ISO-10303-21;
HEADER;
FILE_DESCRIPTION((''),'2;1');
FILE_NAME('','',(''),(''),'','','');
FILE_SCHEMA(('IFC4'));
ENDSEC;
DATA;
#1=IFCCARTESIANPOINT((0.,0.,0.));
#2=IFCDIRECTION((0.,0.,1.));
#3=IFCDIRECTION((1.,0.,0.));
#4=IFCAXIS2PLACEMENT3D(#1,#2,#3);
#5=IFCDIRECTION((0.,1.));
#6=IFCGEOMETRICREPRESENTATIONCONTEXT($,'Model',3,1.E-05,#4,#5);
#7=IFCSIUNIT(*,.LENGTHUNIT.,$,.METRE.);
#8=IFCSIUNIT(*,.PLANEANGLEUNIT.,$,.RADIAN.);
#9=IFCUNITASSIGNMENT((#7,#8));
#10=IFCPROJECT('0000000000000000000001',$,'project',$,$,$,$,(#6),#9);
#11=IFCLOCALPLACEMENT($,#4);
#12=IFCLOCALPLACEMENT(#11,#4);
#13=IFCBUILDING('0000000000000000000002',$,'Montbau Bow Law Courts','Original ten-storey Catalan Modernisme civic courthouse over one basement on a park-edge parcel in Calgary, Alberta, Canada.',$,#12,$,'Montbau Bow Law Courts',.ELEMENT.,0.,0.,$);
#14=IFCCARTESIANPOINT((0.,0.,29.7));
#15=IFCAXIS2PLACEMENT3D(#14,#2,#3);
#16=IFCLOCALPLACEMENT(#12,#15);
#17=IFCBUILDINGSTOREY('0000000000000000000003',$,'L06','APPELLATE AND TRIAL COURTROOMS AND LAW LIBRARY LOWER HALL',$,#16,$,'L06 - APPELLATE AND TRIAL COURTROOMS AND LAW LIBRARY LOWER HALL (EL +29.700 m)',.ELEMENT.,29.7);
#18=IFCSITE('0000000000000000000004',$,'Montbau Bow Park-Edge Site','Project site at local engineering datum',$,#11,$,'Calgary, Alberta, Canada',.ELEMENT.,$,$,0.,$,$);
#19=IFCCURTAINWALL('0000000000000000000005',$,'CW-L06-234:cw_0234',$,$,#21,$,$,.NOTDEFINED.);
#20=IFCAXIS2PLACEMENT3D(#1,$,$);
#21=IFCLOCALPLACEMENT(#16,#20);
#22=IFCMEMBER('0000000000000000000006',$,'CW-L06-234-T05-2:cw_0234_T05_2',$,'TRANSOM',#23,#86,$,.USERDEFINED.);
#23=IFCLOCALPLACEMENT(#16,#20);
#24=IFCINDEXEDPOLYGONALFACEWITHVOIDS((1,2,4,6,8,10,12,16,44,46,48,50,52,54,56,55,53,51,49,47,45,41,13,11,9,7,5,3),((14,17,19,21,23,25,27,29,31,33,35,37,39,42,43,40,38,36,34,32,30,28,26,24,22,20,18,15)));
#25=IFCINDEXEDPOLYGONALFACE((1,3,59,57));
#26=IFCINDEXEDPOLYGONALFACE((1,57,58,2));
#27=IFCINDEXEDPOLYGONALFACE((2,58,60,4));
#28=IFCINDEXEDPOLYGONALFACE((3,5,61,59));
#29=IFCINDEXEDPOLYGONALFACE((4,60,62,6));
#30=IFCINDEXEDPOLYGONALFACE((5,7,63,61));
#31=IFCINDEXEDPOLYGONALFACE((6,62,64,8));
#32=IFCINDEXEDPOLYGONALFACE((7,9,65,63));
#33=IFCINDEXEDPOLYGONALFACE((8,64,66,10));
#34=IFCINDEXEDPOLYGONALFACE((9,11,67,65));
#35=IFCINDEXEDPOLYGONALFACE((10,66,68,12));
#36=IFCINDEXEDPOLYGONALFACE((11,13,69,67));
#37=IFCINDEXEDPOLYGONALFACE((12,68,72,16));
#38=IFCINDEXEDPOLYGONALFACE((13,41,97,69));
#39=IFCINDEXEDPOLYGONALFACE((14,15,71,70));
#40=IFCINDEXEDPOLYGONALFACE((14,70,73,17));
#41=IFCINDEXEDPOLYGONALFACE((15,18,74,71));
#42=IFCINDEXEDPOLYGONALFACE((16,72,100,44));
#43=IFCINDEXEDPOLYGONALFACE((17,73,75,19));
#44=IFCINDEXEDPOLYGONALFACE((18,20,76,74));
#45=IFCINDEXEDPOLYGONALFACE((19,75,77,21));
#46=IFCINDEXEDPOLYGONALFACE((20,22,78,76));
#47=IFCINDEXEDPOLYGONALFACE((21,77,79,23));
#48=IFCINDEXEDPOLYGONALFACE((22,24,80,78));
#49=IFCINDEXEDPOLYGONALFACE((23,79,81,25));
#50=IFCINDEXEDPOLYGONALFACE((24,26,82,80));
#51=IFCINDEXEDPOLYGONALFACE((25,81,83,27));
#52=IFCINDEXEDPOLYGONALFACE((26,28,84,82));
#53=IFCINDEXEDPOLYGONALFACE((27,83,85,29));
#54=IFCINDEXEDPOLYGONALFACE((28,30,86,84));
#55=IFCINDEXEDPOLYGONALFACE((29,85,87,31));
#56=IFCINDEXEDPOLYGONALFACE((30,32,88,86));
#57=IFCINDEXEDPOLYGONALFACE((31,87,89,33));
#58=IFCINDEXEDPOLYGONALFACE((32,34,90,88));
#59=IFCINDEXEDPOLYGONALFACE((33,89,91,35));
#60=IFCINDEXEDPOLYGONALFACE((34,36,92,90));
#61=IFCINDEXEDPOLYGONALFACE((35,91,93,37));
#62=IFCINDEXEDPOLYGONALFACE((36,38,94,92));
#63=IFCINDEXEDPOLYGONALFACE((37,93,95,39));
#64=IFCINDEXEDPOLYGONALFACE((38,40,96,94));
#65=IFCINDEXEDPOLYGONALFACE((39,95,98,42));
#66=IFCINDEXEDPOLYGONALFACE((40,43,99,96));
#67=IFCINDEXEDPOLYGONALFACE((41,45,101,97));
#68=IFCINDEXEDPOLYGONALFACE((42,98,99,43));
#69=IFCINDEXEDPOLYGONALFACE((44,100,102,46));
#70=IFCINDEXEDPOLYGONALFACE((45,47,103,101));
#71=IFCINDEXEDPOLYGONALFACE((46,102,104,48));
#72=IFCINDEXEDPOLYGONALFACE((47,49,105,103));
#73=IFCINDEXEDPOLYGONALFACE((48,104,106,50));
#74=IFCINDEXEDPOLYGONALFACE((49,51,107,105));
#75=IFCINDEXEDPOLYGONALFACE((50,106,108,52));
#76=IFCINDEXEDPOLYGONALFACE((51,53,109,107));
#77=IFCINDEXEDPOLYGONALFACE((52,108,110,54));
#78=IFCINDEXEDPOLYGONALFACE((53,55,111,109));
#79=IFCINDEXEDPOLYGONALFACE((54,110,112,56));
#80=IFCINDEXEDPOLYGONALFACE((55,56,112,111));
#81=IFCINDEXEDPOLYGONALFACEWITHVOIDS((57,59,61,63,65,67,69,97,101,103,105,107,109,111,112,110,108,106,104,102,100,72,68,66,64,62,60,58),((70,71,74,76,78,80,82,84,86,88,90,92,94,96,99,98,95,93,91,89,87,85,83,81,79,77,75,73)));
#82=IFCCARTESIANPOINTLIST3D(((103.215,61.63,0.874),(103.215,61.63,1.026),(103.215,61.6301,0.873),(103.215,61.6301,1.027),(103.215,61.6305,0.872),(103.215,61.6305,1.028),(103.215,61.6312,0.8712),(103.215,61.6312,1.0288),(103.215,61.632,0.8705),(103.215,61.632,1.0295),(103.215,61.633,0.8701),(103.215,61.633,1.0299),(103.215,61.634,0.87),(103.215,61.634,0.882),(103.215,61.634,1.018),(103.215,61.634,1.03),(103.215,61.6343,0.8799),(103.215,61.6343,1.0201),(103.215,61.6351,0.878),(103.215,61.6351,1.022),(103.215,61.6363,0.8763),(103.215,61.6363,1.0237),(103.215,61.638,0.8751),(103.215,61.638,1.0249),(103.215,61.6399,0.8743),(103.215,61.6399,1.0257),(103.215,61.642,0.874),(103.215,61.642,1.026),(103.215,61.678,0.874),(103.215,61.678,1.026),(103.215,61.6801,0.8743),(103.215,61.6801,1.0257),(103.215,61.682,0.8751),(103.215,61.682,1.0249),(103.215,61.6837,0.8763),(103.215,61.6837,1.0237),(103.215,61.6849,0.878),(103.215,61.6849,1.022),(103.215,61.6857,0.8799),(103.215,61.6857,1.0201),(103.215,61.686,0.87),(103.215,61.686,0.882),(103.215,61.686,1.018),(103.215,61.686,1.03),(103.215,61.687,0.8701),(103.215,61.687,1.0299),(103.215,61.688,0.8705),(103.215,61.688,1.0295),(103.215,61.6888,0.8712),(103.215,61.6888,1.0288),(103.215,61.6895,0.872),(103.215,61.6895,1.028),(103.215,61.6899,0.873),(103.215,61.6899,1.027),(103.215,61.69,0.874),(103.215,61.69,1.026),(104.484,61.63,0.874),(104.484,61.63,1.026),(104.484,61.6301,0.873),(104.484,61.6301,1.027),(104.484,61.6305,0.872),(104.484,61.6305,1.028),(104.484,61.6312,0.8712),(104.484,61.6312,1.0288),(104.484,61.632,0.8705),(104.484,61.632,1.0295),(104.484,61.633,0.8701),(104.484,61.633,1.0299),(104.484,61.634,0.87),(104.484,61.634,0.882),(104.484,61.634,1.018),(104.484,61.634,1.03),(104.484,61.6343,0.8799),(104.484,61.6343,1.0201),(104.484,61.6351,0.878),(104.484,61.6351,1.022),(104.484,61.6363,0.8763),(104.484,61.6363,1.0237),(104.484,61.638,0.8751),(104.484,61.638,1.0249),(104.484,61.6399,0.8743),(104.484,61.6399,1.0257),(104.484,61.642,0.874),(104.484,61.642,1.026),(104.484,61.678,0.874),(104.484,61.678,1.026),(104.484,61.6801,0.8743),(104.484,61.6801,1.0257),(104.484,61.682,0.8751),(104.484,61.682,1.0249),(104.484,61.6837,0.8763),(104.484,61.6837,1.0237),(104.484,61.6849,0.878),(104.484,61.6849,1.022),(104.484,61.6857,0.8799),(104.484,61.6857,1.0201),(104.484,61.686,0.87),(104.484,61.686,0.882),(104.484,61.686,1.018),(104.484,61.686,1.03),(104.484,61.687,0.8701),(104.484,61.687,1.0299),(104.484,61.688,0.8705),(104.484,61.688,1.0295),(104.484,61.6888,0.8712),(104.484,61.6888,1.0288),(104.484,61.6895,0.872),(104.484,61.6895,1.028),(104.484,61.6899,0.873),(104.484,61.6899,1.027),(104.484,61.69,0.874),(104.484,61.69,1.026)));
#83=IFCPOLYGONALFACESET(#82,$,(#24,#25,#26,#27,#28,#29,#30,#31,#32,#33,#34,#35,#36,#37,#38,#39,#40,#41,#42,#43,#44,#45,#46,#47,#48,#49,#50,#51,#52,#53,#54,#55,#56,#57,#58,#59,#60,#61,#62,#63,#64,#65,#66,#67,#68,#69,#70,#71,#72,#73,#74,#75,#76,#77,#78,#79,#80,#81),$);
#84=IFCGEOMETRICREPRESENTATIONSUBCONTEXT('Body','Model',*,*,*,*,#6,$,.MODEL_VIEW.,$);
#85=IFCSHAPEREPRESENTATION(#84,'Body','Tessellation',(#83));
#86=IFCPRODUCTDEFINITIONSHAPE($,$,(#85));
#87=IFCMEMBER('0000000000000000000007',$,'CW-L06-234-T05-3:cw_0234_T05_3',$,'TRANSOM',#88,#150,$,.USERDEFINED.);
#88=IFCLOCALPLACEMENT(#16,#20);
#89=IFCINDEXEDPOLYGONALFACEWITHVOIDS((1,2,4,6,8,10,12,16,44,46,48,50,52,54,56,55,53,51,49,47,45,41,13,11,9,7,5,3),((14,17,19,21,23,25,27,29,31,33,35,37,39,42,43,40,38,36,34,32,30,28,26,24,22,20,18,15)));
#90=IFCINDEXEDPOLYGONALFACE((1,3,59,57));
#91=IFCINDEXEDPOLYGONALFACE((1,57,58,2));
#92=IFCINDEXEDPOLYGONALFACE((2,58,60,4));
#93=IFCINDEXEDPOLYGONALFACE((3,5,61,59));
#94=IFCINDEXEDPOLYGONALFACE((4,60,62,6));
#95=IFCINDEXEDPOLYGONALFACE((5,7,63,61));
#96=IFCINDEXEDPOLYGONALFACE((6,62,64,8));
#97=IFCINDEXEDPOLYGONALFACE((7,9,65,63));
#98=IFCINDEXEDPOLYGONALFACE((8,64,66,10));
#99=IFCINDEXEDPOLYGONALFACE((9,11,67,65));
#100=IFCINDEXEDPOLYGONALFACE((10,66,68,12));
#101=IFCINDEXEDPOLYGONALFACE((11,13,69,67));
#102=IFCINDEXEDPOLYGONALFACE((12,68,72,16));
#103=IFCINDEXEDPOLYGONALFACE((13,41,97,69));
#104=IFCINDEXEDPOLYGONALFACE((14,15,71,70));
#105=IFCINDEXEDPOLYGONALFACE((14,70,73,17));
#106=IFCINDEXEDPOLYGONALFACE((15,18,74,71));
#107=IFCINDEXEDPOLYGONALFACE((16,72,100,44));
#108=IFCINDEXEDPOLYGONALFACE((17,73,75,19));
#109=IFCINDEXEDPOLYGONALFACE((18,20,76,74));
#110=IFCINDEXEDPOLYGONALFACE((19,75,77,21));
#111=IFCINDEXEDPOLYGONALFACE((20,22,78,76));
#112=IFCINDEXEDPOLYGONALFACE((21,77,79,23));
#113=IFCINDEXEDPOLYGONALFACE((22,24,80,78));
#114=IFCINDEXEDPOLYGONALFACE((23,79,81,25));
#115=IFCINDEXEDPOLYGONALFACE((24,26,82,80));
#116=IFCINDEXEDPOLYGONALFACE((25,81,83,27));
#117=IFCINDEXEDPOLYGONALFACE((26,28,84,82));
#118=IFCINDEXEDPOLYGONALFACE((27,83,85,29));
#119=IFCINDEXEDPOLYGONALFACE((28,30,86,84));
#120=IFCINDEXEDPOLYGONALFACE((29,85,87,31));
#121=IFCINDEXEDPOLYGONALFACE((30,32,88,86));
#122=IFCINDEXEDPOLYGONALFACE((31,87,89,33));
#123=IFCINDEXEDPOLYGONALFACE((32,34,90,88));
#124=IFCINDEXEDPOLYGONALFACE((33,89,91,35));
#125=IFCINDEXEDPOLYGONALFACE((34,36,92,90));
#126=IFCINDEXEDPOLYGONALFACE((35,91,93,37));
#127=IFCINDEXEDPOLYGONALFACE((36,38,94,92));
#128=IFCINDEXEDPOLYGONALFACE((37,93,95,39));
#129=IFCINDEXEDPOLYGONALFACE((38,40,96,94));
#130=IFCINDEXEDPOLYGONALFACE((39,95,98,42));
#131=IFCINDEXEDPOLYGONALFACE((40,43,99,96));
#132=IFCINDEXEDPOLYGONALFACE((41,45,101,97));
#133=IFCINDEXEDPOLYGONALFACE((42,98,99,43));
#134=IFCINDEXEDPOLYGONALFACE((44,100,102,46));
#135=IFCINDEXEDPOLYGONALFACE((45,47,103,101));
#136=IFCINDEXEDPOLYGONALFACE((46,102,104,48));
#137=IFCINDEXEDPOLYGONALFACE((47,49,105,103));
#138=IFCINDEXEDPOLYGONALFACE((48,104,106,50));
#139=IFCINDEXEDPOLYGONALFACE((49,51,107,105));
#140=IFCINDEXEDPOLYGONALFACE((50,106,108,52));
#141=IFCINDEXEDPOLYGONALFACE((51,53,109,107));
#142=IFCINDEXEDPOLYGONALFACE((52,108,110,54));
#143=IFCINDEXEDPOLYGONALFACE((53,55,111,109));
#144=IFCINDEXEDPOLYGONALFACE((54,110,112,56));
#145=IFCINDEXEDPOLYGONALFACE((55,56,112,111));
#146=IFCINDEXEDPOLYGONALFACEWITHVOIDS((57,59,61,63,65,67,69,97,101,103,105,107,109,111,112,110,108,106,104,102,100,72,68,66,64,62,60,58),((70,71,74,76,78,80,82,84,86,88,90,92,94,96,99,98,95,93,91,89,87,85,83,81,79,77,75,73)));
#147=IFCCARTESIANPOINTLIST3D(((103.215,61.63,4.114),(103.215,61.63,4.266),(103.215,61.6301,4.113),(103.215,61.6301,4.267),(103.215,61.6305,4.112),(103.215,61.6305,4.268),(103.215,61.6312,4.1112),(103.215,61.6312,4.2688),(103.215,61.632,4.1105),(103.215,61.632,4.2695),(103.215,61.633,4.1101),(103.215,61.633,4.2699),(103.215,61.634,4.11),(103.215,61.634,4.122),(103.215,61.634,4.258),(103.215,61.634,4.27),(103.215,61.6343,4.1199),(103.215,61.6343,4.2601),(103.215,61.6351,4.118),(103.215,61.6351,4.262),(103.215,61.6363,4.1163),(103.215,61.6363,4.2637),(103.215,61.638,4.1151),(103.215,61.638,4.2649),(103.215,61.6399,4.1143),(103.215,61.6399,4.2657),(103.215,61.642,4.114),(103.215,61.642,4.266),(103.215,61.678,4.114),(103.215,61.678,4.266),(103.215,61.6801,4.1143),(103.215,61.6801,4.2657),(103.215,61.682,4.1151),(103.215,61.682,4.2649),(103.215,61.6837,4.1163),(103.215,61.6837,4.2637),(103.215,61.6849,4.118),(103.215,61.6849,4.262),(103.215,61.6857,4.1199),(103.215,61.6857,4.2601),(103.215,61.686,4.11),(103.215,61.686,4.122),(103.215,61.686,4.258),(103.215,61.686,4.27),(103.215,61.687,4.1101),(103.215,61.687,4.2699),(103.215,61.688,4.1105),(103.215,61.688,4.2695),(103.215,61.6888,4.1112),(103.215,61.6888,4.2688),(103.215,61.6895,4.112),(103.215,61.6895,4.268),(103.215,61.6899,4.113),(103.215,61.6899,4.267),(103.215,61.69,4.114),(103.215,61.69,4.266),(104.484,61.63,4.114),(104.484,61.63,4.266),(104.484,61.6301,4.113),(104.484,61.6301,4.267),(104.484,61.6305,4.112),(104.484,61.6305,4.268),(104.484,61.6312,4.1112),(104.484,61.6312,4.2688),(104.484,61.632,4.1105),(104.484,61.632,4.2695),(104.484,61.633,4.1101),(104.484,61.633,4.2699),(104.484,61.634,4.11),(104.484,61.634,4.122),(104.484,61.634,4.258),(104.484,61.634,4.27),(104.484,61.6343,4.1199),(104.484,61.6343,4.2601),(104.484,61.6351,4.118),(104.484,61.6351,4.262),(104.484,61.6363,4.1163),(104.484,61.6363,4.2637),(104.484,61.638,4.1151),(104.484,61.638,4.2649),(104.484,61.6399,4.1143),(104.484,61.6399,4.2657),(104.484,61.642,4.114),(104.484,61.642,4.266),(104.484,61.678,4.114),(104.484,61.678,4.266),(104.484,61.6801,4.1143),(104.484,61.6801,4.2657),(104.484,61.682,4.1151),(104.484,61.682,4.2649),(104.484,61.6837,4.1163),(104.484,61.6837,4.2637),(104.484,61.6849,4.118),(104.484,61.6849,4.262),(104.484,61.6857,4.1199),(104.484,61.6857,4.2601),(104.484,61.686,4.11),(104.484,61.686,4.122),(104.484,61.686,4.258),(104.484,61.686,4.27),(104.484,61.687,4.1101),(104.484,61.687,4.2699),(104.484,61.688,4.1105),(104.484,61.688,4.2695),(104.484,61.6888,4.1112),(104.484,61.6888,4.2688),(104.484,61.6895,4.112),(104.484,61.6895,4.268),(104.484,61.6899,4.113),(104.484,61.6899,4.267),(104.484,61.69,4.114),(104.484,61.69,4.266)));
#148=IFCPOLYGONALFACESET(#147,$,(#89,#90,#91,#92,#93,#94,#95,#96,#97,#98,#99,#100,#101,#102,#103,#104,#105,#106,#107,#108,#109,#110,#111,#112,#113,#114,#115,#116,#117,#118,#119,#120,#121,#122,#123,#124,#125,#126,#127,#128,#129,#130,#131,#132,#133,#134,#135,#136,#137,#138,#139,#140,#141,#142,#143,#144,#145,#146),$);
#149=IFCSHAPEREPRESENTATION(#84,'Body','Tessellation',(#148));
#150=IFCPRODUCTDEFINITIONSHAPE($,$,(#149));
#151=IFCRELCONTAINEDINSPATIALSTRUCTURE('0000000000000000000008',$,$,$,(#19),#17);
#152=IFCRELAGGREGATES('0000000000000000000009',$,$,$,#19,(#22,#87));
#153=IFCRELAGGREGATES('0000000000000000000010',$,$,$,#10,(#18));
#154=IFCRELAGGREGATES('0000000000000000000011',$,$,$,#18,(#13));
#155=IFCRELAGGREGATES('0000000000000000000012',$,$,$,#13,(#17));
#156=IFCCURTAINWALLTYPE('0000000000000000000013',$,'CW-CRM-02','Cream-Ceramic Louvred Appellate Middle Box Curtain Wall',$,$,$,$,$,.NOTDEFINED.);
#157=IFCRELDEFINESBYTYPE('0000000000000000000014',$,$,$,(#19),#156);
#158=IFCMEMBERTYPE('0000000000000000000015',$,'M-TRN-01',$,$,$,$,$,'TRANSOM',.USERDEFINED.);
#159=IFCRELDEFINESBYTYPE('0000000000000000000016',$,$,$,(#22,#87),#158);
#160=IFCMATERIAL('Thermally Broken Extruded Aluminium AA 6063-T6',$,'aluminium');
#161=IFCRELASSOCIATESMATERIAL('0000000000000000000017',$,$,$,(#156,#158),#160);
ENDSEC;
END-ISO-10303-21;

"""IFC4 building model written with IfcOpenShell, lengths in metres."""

from ifc_helpers import new_model, si_unit, direction, frame, origin_with_axes, origin_2d_with_axis, place, context, subcontext, project, spatial, hollow_rectangle, extrude, material, material_profile, profile_set, type_object, element, aggregate, save


model = new_model("IFC4")

# Units and contexts
model_context = context("Model", 3, precision=1e-05, world=origin_with_axes(), true_north=direction((0.0, 1.0)))
body_context = subcontext(model_context, "Body", "Model", "MODEL_VIEW")
ifc_project = project(units=[si_unit("LENGTHUNIT", "METRE"), si_unit("PLANEANGLEUNIT", "RADIAN")], contexts=[model_context])

# Site, building, storey
site_placement = place(None, origin_with_axes())
site = spatial("IfcSite", under=ifc_project, at=site_placement, Name="Montbau Bow Park-Edge Site", Description="Project site at local engineering datum", LongName="Calgary, Alberta, Canada", CompositionType="ELEMENT", RefElevation=0.0)
building_placement = place(site_placement, origin_with_axes())
building = spatial("IfcBuilding", under=site, at=building_placement, Name="Montbau Bow Law Courts", Description="Original ten-storey Catalan Modernisme civic courthouse over one basement on a park-edge parcel in Calgary, Alberta, Canada.", LongName="Montbau Bow Law Courts", CompositionType="ELEMENT", ElevationOfRefHeight=0.0, ElevationOfTerrain=0.0)
storey_placement = place(building_placement, frame((0.0, 0.0, 29.7), z_axis=(0.0, 0.0, 1.0), x_axis=(1.0, 0.0, 0.0)))
storey = spatial("IfcBuildingStorey", under=building, at=storey_placement, Name="L06", Description="APPELLATE AND TRIAL COURTROOMS AND LAW LIBRARY LOWER HALL", LongName="L06 - APPELLATE AND TRIAL COURTROOMS AND LAW LIBRARY LOWER HALL (EL +29.700 m)", CompositionType="ELEMENT", Elevation=29.7)

# Curtain wall
ifc_material_1 = material(Name="Thermally Broken Extruded Aluminium AA 6063-T6", Category="aluminium")
curtain_wall_type = type_object("IfcCurtainWallType", Name="CW-CRM-02", Description="Cream-Ceramic Louvred Appellate Middle Box Curtain Wall", PredefinedType="NOTDEFINED", material=ifc_material_1)
curtain_wall_1_placement = place(None, frame((97.64, 61.66, 29.7), z_axis=(0.0, 0.0, 1.0), x_axis=(1.0, 0.0, 0.0)))
curtain_wall_1 = element("IfcCurtainWall", 1, at=curtain_wall_1_placement, inside=storey, type_object=curtain_wall_type, Name="CW-L06-234:cw_0234", PredefinedType="NOTDEFINED")

# Members
ifc_material_profile_1 = material_profile(ifc_material_1, hollow_rectangle(XDim=0.06, YDim=0.16, WallThickness=0.004, InnerFilletRadius=0.008, OuterFilletRadius=0.004, at=origin_2d_with_axis()), Name="CWT-160X60", Category="Main", Priority=0)
ifc_profile_set_1 = profile_set([ifc_material_profile_1], Name="Thermally Broken Extruded Aluminium AA 6063-T6")
member_type_1 = type_object("IfcMemberType", Name="M-TRN-01", ElementType="TRANSOM", PredefinedType="USERDEFINED", material=ifc_profile_set_1)
member_1_placement = place(None, frame((103.215, 61.66, 30.65), z_axis=(1.0, 0.0, 0.0), x_axis=(0.0, 1.0, 0.0)))
member_1 = element("IfcMember", 2, at=member_1_placement, type_object=member_type_1, Name="CW-L06-234-T05-2:cw_0234_T05_2", ObjectType="TRANSOM", PredefinedType="USERDEFINED", context=body_context, shape_type="SweptSolid", body=[
    extrude(hollow_rectangle(XDim=0.06, YDim=0.16, WallThickness=0.004, InnerFilletRadius=0.008, OuterFilletRadius=0.004, at=origin_2d_with_axis()), origin_with_axes(), (0.0, 0.0, 1.0), 1.269),
])
member_2_placement = place(None, frame((103.215, 61.66, 33.89), z_axis=(1.0, 0.0, 0.0), x_axis=(0.0, 1.0, 0.0)))
member_2 = element("IfcMember", 3, at=member_2_placement, type_object=member_type_1, Name="CW-L06-234-T05-3:cw_0234_T05_3", ObjectType="TRANSOM", PredefinedType="USERDEFINED", context=body_context, shape_type="SweptSolid", body=[
    extrude(hollow_rectangle(XDim=0.06, YDim=0.16, WallThickness=0.004, InnerFilletRadius=0.008, OuterFilletRadius=0.004, at=origin_2d_with_axis()), origin_with_axes(), (0.0, 0.0, 1.0), 1.269),
])
aggregate(curtain_wall_1, [member_1, member_2])

save(model, "model.ifc")
